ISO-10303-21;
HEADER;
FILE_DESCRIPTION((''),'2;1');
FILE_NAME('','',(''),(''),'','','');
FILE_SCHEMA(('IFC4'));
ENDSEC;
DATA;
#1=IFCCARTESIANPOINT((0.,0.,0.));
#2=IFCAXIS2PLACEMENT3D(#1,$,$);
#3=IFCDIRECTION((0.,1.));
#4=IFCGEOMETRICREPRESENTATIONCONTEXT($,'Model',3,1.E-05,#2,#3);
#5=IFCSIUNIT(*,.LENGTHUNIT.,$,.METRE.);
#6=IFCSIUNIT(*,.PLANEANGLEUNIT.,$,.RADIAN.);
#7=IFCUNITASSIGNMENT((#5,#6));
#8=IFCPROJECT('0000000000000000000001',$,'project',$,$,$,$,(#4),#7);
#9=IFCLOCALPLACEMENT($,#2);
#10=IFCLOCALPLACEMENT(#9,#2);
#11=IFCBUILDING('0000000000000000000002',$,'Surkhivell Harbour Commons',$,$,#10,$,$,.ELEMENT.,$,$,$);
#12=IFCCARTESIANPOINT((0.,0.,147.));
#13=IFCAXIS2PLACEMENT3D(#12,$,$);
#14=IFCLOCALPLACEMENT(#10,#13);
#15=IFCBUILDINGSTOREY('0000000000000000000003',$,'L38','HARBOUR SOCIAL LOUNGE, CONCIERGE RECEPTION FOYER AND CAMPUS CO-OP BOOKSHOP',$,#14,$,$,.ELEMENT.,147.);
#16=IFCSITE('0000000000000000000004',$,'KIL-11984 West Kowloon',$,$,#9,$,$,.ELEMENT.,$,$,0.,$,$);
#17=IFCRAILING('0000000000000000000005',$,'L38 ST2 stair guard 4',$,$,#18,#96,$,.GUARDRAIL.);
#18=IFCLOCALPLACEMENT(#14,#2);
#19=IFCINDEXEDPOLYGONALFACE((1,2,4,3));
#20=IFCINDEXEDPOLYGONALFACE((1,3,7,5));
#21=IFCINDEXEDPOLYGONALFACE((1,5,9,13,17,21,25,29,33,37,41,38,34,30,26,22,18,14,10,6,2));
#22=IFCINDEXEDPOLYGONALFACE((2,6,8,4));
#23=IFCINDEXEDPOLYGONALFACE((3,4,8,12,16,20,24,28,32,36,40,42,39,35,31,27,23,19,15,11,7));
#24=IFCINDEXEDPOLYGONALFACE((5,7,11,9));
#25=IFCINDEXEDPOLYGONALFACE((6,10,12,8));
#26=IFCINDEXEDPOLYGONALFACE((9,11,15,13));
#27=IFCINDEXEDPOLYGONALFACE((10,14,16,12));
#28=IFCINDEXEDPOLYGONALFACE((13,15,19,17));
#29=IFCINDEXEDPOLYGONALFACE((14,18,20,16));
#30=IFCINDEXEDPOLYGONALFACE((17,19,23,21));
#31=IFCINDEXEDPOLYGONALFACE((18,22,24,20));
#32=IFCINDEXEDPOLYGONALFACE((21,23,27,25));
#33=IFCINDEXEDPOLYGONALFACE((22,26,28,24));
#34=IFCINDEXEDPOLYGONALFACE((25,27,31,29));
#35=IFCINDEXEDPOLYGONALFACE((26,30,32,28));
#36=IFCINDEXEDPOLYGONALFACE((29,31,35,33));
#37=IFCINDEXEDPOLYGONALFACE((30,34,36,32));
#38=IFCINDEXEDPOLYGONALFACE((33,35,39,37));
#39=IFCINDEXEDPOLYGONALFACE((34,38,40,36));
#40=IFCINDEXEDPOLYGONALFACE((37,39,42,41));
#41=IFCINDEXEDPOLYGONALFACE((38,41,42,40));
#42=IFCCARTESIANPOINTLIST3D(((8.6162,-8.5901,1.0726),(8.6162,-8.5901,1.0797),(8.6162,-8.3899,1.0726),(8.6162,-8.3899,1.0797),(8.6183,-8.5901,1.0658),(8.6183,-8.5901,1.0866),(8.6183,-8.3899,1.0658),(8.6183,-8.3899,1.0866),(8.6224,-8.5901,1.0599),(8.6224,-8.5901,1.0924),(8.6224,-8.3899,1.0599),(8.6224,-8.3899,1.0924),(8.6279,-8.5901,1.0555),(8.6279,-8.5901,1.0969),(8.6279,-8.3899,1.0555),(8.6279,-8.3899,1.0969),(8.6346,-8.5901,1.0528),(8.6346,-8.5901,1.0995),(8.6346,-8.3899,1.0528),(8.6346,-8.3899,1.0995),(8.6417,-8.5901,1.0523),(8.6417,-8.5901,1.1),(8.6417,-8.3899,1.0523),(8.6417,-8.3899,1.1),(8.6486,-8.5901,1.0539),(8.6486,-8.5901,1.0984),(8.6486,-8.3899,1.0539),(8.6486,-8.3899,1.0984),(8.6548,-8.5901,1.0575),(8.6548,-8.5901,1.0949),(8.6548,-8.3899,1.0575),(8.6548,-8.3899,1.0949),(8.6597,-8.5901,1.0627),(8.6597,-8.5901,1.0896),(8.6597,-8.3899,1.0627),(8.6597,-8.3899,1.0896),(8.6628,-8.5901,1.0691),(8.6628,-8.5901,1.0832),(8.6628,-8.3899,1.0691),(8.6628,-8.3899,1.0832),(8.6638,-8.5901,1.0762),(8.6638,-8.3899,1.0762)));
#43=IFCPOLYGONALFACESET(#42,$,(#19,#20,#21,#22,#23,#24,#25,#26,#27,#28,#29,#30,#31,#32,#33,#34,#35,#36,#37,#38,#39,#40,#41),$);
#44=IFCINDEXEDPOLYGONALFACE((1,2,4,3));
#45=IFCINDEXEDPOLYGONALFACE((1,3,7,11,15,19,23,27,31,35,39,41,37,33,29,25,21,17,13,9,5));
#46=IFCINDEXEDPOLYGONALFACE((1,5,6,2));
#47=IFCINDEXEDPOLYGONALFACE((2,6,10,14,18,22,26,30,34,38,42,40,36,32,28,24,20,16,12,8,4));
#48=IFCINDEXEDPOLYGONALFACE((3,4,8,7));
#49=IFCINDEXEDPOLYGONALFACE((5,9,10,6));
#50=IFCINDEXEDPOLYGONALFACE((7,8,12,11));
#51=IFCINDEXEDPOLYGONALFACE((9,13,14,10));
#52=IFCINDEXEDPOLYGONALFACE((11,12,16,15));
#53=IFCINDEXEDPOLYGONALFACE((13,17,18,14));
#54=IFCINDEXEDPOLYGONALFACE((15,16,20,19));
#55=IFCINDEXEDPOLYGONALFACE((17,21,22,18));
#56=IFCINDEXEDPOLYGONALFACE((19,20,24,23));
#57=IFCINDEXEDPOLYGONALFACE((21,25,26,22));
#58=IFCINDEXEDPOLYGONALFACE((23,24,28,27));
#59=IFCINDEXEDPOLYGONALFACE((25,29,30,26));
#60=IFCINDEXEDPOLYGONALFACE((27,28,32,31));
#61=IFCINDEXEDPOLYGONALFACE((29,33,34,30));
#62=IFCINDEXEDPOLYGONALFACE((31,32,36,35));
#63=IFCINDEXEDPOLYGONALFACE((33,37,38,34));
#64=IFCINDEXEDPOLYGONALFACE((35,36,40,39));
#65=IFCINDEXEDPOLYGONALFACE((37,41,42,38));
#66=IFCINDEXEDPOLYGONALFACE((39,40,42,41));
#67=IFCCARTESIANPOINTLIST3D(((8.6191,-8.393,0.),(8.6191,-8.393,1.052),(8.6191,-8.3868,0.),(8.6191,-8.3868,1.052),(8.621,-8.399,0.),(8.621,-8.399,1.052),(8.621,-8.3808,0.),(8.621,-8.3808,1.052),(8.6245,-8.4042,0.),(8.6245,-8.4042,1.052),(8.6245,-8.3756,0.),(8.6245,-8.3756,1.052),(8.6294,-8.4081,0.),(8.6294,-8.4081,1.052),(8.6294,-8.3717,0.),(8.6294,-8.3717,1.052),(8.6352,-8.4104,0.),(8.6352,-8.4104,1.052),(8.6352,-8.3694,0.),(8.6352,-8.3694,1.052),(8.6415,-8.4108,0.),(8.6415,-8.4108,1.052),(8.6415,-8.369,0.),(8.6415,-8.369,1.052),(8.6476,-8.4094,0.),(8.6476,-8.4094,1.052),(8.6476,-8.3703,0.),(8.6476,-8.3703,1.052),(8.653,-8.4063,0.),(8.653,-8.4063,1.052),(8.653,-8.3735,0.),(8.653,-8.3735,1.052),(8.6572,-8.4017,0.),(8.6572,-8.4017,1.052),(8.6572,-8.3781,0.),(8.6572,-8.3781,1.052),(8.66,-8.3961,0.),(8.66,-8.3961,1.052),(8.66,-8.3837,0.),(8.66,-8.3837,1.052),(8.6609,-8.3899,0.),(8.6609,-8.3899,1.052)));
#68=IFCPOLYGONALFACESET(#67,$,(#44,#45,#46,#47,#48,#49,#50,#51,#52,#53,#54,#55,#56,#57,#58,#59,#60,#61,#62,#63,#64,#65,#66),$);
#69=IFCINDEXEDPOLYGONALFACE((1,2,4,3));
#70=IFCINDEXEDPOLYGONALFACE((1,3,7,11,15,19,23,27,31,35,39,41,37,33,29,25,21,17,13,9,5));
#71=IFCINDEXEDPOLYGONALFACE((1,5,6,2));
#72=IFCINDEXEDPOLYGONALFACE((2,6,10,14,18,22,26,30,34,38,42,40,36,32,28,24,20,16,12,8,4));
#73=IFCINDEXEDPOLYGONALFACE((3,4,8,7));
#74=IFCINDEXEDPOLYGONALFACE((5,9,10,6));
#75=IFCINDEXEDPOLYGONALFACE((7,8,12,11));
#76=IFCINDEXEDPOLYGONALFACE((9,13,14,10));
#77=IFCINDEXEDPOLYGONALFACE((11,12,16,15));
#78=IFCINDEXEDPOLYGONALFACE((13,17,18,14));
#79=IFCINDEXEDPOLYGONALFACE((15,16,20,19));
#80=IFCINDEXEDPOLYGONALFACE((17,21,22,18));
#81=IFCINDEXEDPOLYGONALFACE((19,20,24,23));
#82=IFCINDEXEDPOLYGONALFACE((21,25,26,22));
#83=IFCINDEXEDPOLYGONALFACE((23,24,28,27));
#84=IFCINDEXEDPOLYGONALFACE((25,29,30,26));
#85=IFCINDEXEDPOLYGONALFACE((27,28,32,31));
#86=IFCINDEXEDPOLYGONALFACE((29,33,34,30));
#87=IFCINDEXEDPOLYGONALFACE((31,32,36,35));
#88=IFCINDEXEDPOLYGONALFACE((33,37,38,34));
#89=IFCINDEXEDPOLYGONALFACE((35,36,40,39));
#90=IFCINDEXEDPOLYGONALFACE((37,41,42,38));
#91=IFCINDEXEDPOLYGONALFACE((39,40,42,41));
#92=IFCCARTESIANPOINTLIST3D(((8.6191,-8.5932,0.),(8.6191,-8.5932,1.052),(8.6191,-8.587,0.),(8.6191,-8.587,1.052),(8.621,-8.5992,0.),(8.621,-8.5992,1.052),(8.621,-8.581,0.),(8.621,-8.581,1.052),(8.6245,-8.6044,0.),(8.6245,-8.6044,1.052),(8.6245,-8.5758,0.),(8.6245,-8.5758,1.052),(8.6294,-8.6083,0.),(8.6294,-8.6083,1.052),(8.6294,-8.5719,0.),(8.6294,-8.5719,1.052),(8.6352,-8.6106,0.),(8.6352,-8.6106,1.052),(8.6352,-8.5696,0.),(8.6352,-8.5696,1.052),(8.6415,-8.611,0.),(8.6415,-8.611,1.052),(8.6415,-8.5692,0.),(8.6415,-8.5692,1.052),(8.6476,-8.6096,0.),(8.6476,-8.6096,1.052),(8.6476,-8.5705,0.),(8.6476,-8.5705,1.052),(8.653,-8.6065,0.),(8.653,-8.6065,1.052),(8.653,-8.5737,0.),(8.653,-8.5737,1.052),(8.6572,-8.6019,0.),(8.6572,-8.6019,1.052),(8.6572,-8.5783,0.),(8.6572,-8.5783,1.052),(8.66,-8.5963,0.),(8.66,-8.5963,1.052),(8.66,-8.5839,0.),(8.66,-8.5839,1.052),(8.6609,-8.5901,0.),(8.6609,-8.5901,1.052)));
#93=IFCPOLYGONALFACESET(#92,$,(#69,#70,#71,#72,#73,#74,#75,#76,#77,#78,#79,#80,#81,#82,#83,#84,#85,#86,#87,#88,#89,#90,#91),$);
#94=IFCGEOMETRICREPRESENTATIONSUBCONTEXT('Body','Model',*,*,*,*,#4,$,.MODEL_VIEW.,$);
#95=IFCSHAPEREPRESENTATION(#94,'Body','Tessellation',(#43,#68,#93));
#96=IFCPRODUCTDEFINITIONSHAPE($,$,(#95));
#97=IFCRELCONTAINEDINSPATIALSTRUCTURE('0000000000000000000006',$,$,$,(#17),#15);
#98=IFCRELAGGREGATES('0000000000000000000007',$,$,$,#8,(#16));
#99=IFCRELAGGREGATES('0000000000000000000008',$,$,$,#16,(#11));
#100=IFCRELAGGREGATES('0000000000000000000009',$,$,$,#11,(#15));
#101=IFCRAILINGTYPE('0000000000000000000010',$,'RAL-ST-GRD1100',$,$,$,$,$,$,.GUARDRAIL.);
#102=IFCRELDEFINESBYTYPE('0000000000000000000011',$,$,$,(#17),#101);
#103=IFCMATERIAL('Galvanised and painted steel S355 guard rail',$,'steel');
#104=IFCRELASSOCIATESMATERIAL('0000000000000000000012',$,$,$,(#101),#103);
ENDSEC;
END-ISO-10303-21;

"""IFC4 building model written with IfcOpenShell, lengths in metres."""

from ifc_helpers import new_model, si_unit, direction, frame, origin, origin_2d, place, context, subcontext, project, spatial, circle, extrude, material, type_object, element, save


model = new_model("IFC4")

# Units and contexts
model_context = context("Model", 3, precision=1e-05, world=origin(), true_north=direction((0.0, 1.0)))
body_context = subcontext(model_context, "Body", "Model", "MODEL_VIEW")
ifc_project = project(units=[si_unit("LENGTHUNIT", "METRE"), si_unit("PLANEANGLEUNIT", "RADIAN")], contexts=[model_context])

# Site, building, storey
site_placement = place(None, origin())
site = spatial("IfcSite", under=ifc_project, at=site_placement, Name="KIL-11984 West Kowloon", CompositionType="ELEMENT", RefElevation=0.0)
building_placement = place(site_placement, origin())
building = spatial("IfcBuilding", under=site, at=building_placement, Name="Surkhivell Harbour Commons", CompositionType="ELEMENT")
storey_placement = place(building_placement, frame((0.0, 0.0, 147.0)))
storey = spatial("IfcBuildingStorey", under=building, at=storey_placement, Name="L38", Description="HARBOUR SOCIAL LOUNGE, CONCIERGE RECEPTION FOYER AND CAMPUS CO-OP BOOKSHOP", CompositionType="ELEMENT", Elevation=147.0)

# Railing
ifc_material_1 = material(Name="Galvanised and painted steel S355 guard rail", Category="steel")
railing_type = type_object("IfcRailingType", Name="RAL-ST-GRD1100", PredefinedType="GUARDRAIL", material=ifc_material_1)
railing_1_placement = place(storey_placement, frame((8.6399, -8.3899, 0.0)))
element("IfcRailing", 1, at=railing_1_placement, inside=storey, type_object=railing_type, Name="L38 ST2 stair guard 4", PredefinedType="GUARDRAIL", context=body_context, shape_type="SweptSolid", body=[
    extrude(circle(Radius=0.0239, at=origin_2d()), frame((0.0, 0.0, 1.0762), z_axis=(0.0, -1.0, 0.0), x_axis=(1.0, 0.0, 0.0)), (0.0, 0.0, 1.0), 0.2002),
    extrude(circle(Radius=0.021, at=origin_2d()), origin(), (0.0, 0.0, 1.0), 1.052),
    extrude(circle(Radius=0.021, at=origin_2d()), frame((0.0, -0.2002, 0.0)), (0.0, 0.0, 1.0), 1.052),
])

save(model, "model.ifc")
